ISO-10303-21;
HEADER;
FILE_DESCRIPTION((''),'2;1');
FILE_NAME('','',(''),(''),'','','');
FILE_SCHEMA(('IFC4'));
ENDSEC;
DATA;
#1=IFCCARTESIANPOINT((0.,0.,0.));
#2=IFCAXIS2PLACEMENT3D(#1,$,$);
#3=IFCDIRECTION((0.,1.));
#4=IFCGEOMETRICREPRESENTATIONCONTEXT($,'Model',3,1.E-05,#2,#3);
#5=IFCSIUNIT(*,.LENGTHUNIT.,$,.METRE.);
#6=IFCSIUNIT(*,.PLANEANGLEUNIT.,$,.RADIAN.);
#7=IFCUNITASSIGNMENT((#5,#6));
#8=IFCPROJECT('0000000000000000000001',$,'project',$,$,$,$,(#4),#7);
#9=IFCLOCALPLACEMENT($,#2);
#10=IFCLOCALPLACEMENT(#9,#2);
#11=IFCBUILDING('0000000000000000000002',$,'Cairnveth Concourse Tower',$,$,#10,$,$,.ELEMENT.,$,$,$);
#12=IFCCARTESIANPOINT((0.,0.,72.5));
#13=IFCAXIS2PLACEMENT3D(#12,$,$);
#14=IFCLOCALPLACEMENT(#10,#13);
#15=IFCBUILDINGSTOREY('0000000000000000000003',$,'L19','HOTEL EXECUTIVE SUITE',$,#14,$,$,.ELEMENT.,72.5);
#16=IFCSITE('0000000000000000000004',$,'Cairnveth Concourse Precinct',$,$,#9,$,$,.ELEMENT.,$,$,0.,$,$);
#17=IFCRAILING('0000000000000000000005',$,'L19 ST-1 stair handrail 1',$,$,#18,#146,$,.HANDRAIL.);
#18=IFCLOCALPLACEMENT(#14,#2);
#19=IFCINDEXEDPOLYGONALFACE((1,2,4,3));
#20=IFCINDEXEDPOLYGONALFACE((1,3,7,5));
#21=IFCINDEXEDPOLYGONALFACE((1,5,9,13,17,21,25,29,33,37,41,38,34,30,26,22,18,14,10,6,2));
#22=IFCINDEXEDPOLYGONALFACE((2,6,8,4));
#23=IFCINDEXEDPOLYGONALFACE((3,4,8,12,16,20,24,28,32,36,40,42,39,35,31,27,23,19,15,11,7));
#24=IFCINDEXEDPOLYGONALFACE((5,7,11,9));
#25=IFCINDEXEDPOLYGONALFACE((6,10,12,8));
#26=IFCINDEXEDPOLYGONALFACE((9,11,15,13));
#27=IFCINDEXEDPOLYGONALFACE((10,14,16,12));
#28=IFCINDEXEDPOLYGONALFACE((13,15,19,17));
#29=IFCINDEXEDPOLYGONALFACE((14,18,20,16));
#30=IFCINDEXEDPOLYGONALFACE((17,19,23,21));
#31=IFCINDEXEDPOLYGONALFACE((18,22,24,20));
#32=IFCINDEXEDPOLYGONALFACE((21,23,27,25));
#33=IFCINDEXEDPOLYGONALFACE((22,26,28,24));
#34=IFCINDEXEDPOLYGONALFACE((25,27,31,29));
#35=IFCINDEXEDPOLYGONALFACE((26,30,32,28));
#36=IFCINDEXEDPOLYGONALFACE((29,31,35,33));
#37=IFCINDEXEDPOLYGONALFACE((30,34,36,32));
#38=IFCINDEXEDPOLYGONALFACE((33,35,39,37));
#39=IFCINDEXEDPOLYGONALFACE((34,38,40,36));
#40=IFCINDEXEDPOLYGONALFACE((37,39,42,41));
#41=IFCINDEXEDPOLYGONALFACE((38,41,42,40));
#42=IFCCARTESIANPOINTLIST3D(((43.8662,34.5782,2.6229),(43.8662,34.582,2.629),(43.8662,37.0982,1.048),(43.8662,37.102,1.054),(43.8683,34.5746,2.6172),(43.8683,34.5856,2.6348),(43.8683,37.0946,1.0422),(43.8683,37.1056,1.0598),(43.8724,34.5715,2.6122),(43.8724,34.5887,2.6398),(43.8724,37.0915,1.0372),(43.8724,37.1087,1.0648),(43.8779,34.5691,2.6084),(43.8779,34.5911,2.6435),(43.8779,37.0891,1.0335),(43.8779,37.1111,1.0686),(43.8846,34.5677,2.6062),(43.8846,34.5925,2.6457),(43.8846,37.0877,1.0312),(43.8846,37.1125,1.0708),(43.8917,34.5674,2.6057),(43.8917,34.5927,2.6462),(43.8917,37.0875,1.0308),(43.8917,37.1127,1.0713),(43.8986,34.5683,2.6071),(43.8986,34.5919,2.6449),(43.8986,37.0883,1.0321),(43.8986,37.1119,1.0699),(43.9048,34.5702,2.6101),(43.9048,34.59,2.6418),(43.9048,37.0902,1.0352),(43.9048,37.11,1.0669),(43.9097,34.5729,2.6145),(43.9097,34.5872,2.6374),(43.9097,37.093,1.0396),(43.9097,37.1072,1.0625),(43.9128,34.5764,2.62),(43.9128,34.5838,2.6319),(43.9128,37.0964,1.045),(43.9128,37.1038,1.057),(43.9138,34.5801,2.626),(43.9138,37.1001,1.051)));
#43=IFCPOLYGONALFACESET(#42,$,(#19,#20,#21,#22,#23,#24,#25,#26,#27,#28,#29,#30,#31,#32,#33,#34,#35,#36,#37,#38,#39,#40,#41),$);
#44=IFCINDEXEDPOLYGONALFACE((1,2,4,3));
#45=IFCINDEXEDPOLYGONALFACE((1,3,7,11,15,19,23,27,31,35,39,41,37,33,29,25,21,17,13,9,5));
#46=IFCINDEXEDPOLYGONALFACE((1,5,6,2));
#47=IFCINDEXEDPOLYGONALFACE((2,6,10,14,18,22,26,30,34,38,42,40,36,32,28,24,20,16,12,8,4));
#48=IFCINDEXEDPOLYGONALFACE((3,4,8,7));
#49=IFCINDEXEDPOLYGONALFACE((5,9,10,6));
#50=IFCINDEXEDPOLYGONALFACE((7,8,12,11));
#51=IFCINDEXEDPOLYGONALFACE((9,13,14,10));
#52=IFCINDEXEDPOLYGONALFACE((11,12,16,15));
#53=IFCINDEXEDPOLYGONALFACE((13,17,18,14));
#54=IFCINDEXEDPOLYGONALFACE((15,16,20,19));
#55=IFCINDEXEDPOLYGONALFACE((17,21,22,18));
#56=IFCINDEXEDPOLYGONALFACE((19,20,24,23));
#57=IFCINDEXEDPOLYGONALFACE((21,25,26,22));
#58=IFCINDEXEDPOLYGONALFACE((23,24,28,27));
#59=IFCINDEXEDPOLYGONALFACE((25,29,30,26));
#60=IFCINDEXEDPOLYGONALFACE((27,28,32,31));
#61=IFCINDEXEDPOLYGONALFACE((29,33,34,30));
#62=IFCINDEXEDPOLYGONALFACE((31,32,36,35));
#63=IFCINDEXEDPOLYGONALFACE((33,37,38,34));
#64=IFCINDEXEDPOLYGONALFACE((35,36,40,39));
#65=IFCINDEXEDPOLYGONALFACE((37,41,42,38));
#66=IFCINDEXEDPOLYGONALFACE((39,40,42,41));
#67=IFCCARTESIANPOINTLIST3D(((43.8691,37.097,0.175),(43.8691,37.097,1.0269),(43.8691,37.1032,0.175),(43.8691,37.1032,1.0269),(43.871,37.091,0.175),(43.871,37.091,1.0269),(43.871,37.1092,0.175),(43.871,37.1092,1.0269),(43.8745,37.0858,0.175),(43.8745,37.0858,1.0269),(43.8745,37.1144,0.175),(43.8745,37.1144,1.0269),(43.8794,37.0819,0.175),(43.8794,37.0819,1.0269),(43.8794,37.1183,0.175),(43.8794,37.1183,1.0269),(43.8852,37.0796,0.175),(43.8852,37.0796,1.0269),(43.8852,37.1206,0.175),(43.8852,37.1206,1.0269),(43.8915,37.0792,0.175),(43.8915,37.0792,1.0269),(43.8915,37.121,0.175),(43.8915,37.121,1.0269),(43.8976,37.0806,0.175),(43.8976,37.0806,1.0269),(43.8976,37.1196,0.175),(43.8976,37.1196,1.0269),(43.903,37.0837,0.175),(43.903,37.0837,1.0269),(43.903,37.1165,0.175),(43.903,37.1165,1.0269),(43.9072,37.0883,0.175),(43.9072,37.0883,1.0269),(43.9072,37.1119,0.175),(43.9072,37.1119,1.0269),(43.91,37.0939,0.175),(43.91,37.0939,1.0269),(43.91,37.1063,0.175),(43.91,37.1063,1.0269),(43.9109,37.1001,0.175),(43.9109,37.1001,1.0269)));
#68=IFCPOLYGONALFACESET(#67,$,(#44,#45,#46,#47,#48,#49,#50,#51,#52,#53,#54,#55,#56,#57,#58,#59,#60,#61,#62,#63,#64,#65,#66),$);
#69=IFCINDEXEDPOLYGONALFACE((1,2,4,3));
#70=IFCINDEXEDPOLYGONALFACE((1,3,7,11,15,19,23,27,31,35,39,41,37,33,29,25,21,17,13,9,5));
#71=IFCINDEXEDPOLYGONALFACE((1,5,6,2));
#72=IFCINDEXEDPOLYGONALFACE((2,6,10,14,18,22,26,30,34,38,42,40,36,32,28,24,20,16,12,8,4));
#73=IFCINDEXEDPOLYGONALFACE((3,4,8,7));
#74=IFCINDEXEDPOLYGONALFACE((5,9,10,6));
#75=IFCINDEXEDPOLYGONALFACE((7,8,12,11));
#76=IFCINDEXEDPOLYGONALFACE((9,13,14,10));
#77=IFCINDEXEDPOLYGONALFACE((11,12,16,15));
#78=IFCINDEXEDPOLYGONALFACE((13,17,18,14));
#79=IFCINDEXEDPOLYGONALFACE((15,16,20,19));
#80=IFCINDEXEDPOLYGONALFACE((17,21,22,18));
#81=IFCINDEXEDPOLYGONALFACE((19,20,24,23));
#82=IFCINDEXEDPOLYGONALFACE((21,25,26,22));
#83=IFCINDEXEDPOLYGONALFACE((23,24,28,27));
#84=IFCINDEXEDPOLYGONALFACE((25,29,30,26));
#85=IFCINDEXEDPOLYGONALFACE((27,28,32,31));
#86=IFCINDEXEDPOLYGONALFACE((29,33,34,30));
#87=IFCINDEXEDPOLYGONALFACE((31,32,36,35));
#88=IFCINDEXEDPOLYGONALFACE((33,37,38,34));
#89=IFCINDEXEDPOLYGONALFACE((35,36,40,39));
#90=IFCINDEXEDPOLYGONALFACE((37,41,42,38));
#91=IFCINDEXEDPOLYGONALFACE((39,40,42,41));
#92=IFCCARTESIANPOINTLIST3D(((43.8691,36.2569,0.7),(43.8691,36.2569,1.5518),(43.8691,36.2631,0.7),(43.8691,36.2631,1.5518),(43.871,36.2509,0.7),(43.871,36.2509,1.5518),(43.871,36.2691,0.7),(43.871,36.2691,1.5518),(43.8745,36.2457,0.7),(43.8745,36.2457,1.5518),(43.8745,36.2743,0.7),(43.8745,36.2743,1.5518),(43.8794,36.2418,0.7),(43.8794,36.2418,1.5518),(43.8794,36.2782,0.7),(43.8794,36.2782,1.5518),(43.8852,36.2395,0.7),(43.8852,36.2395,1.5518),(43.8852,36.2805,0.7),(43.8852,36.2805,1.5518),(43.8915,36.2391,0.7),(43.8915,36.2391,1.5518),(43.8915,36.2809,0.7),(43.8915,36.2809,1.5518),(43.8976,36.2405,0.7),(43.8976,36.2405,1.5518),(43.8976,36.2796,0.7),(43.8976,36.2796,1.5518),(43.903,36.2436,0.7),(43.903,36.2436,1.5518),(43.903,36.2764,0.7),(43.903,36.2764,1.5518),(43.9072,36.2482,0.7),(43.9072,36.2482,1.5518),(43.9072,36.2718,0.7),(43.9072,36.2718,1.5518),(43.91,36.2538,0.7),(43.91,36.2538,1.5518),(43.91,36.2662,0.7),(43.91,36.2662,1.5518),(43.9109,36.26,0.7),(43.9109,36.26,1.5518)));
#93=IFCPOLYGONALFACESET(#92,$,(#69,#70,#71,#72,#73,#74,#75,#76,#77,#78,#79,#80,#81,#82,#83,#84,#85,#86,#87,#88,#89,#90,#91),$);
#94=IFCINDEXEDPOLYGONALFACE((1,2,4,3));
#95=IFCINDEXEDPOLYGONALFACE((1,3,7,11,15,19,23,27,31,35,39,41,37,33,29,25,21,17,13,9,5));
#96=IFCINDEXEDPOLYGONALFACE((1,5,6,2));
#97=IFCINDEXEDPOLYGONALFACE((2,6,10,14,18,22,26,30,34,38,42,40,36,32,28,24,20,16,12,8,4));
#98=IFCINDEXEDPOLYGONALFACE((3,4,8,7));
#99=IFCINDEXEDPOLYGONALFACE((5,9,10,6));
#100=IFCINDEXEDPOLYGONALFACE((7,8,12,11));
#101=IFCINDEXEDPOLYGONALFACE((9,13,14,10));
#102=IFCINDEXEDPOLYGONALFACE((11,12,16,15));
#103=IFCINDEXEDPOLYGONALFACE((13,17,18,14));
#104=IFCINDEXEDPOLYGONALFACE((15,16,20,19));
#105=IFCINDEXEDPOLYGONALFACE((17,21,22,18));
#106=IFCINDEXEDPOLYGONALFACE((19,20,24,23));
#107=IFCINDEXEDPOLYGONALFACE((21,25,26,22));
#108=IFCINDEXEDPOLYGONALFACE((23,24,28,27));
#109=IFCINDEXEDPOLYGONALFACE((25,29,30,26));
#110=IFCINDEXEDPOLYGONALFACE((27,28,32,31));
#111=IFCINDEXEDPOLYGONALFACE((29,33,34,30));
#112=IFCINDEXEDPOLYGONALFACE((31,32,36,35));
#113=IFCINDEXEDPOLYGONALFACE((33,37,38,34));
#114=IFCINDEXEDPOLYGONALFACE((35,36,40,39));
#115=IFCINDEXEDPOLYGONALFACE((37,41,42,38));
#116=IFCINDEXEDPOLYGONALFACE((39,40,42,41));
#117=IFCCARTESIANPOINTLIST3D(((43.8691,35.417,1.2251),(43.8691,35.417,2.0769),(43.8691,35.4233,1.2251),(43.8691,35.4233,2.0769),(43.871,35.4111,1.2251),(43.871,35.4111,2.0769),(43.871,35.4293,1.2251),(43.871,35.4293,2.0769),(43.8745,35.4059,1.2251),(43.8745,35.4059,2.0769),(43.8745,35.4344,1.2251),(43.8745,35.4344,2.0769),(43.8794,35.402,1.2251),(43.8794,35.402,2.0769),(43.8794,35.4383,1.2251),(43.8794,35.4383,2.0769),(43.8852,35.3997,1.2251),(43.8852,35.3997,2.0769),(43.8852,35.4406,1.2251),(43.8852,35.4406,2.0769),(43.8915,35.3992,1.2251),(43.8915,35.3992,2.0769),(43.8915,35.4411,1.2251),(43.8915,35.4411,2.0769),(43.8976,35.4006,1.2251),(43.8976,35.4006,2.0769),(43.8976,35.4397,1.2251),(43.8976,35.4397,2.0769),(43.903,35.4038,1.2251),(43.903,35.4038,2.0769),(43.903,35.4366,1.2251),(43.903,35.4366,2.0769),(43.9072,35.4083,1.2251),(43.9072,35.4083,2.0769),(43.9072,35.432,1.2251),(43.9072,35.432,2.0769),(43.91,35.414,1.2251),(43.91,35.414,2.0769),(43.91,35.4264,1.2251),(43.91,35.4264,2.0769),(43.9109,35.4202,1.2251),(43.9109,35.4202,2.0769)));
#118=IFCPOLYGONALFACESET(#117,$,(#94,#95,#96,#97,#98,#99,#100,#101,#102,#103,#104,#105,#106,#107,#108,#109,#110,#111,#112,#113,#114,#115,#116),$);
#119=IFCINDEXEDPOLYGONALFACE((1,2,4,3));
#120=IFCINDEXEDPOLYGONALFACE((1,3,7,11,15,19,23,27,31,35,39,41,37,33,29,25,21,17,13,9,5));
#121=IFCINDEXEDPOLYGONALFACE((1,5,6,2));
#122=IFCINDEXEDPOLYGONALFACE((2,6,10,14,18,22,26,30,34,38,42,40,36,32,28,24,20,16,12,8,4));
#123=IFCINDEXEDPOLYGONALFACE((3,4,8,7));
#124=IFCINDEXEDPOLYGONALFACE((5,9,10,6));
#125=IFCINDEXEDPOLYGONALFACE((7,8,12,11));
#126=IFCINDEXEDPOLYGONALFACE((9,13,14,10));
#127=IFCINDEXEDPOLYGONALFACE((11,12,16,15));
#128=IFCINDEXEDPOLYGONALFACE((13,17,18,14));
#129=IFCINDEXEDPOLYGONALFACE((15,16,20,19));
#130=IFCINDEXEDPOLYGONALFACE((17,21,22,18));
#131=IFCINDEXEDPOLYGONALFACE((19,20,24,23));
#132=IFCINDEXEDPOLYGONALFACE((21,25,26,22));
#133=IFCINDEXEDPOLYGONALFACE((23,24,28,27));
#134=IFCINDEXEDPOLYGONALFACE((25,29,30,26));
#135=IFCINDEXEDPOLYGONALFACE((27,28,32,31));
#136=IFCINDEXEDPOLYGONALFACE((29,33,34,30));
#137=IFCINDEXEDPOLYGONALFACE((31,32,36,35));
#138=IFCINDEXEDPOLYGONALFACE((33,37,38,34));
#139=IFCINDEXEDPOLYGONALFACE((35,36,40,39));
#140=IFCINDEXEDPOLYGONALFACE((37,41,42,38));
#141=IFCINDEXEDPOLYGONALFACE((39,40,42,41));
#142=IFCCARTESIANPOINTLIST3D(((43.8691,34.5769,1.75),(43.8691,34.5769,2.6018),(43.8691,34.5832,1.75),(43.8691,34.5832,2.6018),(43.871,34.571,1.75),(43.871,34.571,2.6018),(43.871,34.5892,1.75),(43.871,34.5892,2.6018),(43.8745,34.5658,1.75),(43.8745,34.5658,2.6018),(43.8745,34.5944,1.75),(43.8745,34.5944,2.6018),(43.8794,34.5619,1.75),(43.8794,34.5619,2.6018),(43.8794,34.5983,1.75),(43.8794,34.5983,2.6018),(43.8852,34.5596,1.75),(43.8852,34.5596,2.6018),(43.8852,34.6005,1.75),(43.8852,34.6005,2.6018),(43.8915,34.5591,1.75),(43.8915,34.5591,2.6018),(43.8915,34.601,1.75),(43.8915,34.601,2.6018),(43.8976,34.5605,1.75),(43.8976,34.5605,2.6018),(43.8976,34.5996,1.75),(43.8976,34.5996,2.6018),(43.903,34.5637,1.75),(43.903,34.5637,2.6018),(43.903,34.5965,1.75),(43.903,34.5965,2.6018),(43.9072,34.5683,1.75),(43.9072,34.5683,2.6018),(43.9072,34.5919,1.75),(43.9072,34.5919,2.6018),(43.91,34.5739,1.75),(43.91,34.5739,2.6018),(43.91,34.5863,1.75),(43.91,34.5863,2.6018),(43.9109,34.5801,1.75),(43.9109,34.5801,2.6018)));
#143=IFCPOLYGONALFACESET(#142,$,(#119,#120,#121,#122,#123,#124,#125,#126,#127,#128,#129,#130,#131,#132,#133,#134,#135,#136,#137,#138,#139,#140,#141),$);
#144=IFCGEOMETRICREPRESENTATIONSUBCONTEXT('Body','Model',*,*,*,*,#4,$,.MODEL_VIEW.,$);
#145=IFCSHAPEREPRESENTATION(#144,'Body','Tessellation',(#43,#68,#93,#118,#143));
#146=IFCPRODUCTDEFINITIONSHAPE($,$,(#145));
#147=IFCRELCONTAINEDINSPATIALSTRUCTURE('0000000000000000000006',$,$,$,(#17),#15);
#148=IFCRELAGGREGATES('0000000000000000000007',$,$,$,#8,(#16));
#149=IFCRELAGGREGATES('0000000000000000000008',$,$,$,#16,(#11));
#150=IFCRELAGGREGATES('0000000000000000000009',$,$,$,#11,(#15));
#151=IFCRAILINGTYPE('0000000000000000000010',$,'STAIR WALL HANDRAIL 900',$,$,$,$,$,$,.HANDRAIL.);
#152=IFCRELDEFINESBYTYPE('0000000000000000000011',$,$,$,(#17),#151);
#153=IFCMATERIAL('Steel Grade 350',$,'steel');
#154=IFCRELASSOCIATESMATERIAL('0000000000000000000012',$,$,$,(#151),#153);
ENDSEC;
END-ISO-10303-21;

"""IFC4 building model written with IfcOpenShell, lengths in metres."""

from ifc_helpers import new_model, si_unit, direction, frame, origin, origin_2d, place, context, subcontext, project, spatial, circle, extrude, material, type_object, element, save


model = new_model("IFC4")

# Units and contexts
model_context = context("Model", 3, precision=1e-05, world=origin(), true_north=direction((0.0, 1.0)))
body_context = subcontext(model_context, "Body", "Model", "MODEL_VIEW")
ifc_project = project(units=[si_unit("LENGTHUNIT", "METRE"), si_unit("PLANEANGLEUNIT", "RADIAN")], contexts=[model_context])

# Site, building, storey
site_placement = place(None, origin())
site = spatial("IfcSite", under=ifc_project, at=site_placement, Name="Cairnveth Concourse Precinct", CompositionType="ELEMENT", RefElevation=0.0)
building_placement = place(site_placement, origin())
building = spatial("IfcBuilding", under=site, at=building_placement, Name="Cairnveth Concourse Tower", CompositionType="ELEMENT")
storey_placement = place(building_placement, frame((0.0, 0.0, 72.5)))
storey = spatial("IfcBuildingStorey", under=building, at=storey_placement, Name="L19", Description="HOTEL EXECUTIVE SUITE", CompositionType="ELEMENT", Elevation=72.5)

# Railing
ifc_material_1 = material(Name="Steel Grade 350", Category="steel")
railing_type_1 = type_object("IfcRailingType", Name="STAIR WALL HANDRAIL 900", PredefinedType="HANDRAIL", material=ifc_material_1)
railing_1_placement = place(storey_placement, frame((43.8899, 37.1001, 0.175)))
element("IfcRailing", 1, at=railing_1_placement, inside=storey, type_object=railing_type_1, Name="L19 ST-1 stair handrail 1", PredefinedType="HANDRAIL", context=body_context, shape_type="SweptSolid", body=[
    extrude(circle(Radius=0.0239, at=origin_2d()), frame((0.0, 0.0, 0.876), z_axis=(0.0, -0.848008, 0.529984), x_axis=(1.0, 0.0, 0.0)), (0.0, 0.0, 1.0), 2.9717),
    extrude(circle(Radius=0.021, at=origin_2d()), origin(), (0.0, 0.0, 1.0), 0.8518),
    extrude(circle(Radius=0.021, at=origin_2d()), frame((0.0, -0.8401, 0.5249)), (0.0, 0.0, 1.0), 0.8518),
    extrude(circle(Radius=0.021, at=origin_2d()), frame((0.0, -1.6799, 1.05)), (0.0, 0.0, 1.0), 0.8518),
    extrude(circle(Radius=0.021, at=origin_2d()), frame((0.0, -2.52, 1.575)), (0.0, 0.0, 1.0), 0.8518),
])

save(model, "model.ifc")
